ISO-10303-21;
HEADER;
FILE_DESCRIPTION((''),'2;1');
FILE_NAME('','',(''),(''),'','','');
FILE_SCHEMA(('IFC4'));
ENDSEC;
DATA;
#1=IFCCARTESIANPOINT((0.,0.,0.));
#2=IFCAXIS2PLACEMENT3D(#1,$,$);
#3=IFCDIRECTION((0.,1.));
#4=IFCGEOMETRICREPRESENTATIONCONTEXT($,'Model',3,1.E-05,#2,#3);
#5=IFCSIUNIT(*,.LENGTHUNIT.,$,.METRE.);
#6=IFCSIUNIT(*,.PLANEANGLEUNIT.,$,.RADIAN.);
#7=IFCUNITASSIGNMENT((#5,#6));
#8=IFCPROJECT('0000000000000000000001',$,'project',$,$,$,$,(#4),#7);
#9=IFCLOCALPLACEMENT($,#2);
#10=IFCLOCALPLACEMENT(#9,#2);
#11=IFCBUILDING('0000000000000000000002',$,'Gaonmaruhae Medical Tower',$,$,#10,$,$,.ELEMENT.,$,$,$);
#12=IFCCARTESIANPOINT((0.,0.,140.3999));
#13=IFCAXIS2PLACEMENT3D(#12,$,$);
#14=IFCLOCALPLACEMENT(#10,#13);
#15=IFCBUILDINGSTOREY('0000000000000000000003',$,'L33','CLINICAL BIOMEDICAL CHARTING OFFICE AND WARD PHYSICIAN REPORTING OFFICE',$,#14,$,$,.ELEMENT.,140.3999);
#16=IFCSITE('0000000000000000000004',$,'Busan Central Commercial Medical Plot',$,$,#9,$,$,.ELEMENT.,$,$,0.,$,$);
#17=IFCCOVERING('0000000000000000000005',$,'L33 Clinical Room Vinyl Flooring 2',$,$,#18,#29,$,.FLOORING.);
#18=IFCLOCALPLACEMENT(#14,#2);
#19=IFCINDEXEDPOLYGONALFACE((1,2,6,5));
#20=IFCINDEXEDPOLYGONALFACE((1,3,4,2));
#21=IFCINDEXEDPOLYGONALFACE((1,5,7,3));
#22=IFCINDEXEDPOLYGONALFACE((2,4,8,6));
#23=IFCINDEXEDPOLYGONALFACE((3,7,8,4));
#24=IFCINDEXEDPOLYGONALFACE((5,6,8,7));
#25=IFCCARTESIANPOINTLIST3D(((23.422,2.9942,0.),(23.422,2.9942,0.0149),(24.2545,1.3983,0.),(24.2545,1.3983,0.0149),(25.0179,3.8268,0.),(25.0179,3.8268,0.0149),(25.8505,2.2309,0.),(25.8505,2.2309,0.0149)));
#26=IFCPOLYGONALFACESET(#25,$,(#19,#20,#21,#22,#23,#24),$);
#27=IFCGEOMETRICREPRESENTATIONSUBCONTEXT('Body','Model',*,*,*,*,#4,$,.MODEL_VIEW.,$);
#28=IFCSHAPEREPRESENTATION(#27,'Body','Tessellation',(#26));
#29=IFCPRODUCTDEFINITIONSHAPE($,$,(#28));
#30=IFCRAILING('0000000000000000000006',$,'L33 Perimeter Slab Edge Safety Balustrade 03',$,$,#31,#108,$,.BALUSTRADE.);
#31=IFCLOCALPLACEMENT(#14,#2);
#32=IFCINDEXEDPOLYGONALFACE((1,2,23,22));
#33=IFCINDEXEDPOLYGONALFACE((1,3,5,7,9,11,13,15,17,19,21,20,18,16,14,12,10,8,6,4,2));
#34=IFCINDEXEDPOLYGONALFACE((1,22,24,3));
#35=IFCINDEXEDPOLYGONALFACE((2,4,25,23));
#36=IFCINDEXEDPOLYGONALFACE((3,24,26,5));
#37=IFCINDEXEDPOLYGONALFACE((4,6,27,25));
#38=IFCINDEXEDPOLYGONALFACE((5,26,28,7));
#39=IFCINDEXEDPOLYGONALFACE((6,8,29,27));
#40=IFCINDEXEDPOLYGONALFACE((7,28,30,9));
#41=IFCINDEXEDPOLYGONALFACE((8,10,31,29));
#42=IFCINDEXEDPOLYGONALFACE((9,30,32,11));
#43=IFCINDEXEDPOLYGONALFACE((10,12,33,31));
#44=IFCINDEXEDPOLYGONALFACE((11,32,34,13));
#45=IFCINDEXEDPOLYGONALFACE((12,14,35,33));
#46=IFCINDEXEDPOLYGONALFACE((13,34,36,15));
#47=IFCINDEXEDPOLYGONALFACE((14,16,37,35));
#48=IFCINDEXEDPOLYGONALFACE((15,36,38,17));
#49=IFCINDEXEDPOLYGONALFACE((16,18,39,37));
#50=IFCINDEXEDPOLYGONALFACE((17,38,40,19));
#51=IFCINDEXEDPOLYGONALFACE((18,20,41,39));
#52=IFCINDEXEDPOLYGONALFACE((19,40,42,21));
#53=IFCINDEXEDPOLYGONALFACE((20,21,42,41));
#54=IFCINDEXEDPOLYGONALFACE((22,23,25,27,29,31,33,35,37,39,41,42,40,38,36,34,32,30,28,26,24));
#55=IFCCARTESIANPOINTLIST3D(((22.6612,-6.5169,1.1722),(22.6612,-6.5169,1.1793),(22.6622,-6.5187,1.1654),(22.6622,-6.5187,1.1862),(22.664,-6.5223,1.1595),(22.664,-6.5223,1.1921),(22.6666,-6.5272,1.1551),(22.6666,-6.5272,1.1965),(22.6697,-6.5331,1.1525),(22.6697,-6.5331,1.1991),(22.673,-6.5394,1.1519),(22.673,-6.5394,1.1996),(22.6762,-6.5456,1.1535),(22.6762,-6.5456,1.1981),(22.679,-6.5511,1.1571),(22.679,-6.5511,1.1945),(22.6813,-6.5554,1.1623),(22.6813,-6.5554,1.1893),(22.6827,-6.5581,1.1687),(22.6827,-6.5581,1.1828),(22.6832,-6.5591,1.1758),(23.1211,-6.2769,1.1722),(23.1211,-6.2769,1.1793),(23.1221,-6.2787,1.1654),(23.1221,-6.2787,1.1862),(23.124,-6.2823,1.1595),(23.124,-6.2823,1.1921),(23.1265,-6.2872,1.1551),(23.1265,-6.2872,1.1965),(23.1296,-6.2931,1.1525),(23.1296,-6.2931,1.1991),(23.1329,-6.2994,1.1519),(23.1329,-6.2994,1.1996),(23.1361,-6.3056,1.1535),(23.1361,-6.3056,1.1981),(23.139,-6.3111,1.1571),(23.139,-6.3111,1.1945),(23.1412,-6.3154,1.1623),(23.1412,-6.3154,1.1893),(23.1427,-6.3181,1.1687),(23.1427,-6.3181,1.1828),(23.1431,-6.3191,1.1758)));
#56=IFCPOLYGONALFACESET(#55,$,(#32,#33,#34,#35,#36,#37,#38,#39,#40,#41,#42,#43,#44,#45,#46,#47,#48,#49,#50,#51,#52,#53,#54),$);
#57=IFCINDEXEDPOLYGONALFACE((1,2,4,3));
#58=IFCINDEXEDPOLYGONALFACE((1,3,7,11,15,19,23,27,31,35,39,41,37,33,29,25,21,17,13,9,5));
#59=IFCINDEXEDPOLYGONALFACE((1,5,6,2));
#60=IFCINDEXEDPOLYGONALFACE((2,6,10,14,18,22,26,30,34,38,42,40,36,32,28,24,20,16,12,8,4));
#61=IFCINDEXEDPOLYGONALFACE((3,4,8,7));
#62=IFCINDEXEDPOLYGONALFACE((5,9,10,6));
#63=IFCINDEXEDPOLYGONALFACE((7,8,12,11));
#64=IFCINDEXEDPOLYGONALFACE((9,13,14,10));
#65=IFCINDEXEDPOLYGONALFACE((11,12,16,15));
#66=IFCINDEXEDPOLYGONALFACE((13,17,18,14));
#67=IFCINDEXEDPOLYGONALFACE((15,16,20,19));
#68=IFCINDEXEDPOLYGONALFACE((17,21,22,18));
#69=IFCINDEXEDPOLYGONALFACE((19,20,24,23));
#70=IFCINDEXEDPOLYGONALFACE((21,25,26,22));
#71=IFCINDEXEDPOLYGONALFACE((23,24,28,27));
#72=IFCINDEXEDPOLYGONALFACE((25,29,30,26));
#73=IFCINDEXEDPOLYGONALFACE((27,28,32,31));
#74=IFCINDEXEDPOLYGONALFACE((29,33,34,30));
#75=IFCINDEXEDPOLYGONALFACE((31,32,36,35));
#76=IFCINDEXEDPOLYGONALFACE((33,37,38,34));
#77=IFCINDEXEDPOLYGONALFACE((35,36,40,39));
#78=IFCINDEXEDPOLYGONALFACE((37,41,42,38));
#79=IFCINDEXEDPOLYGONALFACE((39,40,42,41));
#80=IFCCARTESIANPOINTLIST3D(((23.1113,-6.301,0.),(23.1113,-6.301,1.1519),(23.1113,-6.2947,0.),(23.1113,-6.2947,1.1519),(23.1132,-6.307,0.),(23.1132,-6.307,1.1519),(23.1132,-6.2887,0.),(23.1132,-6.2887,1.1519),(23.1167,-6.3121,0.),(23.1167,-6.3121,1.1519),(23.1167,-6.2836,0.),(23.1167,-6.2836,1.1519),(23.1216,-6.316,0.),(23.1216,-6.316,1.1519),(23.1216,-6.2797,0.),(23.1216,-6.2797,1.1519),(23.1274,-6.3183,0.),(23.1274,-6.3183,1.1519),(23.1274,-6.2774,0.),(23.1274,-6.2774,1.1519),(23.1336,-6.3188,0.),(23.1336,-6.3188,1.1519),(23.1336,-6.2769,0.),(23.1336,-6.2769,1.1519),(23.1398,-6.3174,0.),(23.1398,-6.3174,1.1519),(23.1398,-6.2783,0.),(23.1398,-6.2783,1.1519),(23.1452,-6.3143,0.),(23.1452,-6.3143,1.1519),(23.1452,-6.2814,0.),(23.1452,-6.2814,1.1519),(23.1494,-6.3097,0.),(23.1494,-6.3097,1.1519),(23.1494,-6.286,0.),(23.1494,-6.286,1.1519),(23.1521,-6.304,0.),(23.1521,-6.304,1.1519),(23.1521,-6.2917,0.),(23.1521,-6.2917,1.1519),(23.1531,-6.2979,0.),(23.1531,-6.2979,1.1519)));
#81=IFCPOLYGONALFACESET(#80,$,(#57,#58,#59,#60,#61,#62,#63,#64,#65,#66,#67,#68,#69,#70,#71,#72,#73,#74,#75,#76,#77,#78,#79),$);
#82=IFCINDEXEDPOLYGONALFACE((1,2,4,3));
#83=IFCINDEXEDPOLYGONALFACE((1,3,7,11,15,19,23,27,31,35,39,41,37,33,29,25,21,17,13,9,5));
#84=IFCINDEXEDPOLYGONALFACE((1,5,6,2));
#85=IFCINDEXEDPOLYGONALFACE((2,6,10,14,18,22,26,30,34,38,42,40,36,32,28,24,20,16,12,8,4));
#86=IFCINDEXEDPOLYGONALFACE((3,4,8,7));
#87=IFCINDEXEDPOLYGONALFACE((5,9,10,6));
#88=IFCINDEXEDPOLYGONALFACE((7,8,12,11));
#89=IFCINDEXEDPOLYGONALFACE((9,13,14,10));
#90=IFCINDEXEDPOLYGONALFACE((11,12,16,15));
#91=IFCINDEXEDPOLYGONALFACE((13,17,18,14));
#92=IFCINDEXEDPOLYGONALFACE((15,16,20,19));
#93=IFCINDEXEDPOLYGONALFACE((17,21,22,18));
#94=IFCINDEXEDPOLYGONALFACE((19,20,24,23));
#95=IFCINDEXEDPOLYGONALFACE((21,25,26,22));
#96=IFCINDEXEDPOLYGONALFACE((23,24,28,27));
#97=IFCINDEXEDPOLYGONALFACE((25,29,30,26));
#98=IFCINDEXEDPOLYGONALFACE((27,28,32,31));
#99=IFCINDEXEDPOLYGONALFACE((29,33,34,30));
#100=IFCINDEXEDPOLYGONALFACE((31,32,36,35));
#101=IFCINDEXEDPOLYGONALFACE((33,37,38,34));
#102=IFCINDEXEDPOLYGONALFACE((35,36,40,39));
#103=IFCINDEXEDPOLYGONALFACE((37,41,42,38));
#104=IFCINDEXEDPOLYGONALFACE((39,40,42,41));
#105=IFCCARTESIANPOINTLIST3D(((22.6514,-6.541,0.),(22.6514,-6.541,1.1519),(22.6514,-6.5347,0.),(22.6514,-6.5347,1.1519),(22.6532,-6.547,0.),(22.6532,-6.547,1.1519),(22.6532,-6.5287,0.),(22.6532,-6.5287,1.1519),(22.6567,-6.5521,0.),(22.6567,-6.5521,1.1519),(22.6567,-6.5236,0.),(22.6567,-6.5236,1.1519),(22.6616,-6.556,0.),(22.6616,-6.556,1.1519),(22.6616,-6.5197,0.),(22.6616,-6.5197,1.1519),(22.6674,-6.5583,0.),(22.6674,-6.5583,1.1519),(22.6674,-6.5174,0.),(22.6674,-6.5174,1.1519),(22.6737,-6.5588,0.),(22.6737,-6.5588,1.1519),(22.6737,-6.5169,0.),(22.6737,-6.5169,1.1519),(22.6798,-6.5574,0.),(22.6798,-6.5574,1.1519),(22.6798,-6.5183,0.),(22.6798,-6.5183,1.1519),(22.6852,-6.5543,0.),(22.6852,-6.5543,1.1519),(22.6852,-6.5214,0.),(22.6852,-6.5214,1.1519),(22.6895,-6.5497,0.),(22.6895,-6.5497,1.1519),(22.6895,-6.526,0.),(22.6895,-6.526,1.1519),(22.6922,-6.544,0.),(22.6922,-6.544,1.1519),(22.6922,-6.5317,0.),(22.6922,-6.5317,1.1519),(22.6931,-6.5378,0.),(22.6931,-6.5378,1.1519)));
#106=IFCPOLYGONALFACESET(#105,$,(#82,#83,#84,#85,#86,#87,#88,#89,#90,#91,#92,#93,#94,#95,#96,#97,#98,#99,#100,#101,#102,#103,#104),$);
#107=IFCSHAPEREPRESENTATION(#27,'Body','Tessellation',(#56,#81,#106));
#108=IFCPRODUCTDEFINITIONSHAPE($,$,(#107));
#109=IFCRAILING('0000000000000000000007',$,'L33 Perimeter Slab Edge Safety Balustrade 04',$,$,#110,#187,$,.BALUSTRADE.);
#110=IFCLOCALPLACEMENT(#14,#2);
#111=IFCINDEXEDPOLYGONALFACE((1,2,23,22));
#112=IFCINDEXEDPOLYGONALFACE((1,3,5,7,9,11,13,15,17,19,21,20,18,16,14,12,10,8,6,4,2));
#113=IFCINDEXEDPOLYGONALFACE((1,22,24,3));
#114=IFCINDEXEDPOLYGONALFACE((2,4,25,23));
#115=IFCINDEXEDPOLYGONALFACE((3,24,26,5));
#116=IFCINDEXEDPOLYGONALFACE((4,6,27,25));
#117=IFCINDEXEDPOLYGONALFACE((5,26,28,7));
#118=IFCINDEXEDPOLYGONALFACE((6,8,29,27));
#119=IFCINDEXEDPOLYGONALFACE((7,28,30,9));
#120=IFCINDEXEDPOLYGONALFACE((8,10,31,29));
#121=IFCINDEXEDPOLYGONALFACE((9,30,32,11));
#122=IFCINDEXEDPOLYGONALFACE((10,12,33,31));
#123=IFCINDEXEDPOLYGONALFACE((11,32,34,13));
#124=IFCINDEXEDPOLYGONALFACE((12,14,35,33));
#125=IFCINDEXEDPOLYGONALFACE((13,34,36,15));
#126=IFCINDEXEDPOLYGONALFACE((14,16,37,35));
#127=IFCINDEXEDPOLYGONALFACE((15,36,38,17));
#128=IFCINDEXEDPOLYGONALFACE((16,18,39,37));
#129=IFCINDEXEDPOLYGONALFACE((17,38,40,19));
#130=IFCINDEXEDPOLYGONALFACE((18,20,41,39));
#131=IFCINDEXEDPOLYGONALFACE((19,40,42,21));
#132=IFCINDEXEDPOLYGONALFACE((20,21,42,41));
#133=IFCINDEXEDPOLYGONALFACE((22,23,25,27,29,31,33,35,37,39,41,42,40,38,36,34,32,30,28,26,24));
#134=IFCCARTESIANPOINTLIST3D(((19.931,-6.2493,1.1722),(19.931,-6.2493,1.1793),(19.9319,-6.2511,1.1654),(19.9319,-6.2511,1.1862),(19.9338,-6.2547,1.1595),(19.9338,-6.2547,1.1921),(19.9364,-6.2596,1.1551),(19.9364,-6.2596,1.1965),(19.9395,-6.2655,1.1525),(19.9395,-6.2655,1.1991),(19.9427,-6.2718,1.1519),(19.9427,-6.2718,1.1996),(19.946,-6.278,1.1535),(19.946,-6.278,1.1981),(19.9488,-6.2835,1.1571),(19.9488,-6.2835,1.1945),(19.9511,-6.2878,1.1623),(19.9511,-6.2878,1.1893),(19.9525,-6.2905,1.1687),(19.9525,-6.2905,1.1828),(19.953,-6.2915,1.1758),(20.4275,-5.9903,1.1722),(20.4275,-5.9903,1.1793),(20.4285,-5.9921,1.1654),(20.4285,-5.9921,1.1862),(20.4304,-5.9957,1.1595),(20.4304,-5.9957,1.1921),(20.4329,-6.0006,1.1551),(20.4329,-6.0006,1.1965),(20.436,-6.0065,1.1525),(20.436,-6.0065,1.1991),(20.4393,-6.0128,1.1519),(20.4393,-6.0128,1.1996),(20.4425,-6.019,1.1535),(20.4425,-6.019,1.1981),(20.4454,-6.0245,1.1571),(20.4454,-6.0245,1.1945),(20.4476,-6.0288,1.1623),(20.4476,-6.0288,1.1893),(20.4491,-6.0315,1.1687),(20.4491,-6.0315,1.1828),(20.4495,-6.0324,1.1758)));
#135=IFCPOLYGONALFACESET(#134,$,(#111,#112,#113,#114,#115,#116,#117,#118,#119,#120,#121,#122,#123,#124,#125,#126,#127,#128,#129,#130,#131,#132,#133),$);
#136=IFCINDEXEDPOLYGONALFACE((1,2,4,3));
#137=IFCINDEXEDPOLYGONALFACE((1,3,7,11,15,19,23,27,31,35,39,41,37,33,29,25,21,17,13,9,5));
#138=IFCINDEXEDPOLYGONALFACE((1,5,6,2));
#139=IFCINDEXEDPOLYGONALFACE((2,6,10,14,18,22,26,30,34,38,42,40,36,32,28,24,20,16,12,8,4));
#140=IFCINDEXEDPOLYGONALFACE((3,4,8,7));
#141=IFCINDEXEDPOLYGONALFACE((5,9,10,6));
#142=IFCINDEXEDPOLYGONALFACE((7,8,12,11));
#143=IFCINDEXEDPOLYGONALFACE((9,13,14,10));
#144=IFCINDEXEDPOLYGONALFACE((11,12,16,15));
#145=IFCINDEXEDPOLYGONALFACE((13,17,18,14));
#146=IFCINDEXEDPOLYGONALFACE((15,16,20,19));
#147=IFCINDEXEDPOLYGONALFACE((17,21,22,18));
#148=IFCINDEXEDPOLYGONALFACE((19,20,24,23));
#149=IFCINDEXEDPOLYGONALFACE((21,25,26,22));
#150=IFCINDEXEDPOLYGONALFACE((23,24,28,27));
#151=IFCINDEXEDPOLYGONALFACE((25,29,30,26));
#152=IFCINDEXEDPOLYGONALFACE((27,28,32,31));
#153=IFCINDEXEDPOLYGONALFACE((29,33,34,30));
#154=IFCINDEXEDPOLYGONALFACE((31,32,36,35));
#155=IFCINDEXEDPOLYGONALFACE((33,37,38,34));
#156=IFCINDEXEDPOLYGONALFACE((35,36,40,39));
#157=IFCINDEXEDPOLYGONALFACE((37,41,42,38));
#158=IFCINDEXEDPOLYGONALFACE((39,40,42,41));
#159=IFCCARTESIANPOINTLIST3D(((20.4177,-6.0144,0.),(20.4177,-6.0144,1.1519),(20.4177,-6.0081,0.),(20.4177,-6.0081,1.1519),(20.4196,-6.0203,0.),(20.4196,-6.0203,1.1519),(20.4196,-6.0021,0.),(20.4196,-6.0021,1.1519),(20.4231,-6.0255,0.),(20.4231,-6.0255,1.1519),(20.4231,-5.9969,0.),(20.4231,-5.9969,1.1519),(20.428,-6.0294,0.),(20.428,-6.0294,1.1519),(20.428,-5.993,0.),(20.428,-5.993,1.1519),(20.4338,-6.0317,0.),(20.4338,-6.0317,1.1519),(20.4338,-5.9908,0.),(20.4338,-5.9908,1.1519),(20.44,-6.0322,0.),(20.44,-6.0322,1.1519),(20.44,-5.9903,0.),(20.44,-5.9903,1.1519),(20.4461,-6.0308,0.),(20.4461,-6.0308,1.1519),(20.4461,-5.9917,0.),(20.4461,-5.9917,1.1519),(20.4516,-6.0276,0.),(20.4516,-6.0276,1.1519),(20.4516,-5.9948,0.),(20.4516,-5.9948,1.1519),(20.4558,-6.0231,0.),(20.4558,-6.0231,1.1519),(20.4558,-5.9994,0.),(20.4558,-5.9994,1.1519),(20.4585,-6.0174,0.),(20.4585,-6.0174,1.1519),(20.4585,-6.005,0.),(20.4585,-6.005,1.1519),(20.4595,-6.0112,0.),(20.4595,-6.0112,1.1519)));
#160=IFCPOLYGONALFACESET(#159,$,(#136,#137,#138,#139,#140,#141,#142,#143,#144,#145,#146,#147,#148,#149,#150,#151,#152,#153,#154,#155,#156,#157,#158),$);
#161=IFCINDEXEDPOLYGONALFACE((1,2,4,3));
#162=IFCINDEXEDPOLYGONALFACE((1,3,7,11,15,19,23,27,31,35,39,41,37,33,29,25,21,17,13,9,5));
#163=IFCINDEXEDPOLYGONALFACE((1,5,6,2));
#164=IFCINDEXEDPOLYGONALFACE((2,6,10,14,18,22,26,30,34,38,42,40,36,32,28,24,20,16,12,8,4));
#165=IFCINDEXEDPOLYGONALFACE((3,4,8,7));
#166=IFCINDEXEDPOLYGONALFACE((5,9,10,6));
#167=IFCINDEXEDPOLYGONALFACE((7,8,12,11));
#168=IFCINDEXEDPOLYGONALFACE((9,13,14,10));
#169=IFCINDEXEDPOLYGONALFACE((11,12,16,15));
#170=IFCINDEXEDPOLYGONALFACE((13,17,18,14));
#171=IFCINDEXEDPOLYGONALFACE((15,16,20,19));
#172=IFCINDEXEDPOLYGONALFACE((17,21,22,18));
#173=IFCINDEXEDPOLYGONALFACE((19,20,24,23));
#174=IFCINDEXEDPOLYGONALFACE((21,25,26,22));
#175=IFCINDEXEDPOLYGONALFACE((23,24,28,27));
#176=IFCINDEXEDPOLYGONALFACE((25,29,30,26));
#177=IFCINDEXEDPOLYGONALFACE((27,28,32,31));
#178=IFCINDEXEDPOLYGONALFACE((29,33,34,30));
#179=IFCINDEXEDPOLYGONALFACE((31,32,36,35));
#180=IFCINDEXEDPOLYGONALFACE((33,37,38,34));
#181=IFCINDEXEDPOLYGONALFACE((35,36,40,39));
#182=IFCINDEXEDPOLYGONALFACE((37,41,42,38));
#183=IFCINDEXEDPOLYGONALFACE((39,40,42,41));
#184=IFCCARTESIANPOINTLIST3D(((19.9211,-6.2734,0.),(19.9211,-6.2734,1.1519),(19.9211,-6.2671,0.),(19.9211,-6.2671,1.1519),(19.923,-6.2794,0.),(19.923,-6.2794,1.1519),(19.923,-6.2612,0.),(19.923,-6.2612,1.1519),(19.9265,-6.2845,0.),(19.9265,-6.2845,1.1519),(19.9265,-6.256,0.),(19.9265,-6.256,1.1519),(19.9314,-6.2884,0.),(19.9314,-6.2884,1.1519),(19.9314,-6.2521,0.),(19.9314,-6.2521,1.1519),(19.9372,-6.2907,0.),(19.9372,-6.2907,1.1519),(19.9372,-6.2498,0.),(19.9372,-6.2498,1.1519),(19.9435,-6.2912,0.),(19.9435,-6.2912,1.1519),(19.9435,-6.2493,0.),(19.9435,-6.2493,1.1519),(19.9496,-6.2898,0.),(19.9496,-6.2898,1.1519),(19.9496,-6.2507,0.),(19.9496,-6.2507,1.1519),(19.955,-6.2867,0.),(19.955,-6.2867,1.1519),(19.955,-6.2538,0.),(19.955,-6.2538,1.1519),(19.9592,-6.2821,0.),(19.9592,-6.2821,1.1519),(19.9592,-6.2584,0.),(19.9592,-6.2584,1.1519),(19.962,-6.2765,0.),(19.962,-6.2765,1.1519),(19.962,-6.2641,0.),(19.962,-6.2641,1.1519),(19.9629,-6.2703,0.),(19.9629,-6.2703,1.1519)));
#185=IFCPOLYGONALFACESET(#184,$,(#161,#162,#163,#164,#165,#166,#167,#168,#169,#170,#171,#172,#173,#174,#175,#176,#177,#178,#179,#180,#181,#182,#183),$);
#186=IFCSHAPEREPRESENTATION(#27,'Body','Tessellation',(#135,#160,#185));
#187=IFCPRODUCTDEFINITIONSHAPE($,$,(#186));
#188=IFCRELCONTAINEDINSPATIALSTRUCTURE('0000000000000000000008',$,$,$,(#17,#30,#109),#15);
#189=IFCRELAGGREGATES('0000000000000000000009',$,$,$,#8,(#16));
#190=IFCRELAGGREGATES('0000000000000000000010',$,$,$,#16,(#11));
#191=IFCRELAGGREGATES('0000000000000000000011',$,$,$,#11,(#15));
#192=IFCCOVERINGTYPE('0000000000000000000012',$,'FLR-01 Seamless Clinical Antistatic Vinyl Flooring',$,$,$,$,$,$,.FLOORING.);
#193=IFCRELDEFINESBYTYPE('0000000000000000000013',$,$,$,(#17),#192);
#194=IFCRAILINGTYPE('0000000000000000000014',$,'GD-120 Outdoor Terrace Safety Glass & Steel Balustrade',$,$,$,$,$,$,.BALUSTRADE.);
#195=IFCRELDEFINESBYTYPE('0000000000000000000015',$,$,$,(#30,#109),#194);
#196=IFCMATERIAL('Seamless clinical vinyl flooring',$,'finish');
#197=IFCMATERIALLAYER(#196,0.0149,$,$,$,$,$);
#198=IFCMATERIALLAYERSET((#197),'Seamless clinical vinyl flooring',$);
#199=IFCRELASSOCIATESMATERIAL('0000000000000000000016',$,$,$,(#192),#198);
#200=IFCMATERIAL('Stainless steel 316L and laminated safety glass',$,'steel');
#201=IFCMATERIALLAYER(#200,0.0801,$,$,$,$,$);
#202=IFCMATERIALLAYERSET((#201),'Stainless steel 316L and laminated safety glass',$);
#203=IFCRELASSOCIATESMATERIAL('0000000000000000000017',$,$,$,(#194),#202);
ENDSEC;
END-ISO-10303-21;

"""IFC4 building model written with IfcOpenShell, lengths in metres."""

from ifc_helpers import new_model, si_unit, direction, frame, origin, origin_2d, place, context, subcontext, project, spatial, rectangle, circle, extrude, material, layer, layer_set, type_object, element, save


model = new_model("IFC4")

# Units and contexts
model_context = context("Model", 3, precision=1e-05, world=origin(), true_north=direction((0.0, 1.0)))
body_context = subcontext(model_context, "Body", "Model", "MODEL_VIEW")
ifc_project = project(units=[si_unit("LENGTHUNIT", "METRE"), si_unit("PLANEANGLEUNIT", "RADIAN")], contexts=[model_context])

# Site, building, storey
site_placement = place(None, origin())
site = spatial("IfcSite", under=ifc_project, at=site_placement, Name="Busan Central Commercial Medical Plot", CompositionType="ELEMENT", RefElevation=0.0)
building_placement = place(site_placement, origin())
building = spatial("IfcBuilding", under=site, at=building_placement, Name="Gaonmaruhae Medical Tower", CompositionType="ELEMENT")
storey_placement = place(building_placement, frame((0.0, 0.0, 140.3999)))
storey = spatial("IfcBuildingStorey", under=building, at=storey_placement, Name="L33", Description="CLINICAL BIOMEDICAL CHARTING OFFICE AND WARD PHYSICIAN REPORTING OFFICE", CompositionType="ELEMENT", Elevation=140.3999)

# Covering
ifc_material_1 = material(Name="Seamless clinical vinyl flooring", Category="finish")
ifc_layer_1 = layer(ifc_material_1, 0.0149)
ifc_layer_set_1 = layer_set([ifc_layer_1], Name="Seamless clinical vinyl flooring")
covering_type_1 = type_object("IfcCoveringType", Name="FLR-01 Seamless Clinical Antistatic Vinyl Flooring", PredefinedType="FLOORING", material=ifc_layer_set_1)
covering_1_placement = place(storey_placement, frame((24.6362, 2.6125, 0.0), z_axis=(0.0, 0.0, 1.0), x_axis=(0.886608, 0.462523, 0.0)))
element("IfcCovering", 1, at=covering_1_placement, inside=storey, type_object=covering_type_1, Name="L33 Clinical Room Vinyl Flooring 2", PredefinedType="FLOORING", context=body_context, shape_type="SweptSolid", body=[
    extrude(rectangle(XDim=1.8, YDim=1.8, at=origin_2d()), origin(), (0.0, 0.0, 1.0), 0.0149),
])

# Railings
ifc_material_2 = material(Name="Stainless steel 316L and laminated safety glass", Category="steel")
ifc_layer_2 = layer(ifc_material_2, 0.0801)
ifc_layer_set_2 = layer_set([ifc_layer_2], Name="Stainless steel 316L and laminated safety glass")
railing_type = type_object("IfcRailingType", Name="GD-120 Outdoor Terrace Safety Glass & Steel Balustrade", PredefinedType="BALUSTRADE", material=ifc_layer_set_2)
railing_1_placement = place(storey_placement, frame((23.1321, -6.2979, 0.0)))
element("IfcRailing", 2, at=railing_1_placement, inside=storey, type_object=railing_type, Name="L33 Perimeter Slab Edge Safety Balustrade 03", PredefinedType="BALUSTRADE", context=body_context, shape_type="SweptSolid", body=[
    extrude(circle(Radius=0.0239, at=origin_2d()), frame((0.0, 0.0, 1.1758), z_axis=(-0.886576, -0.462582, 0.0), x_axis=(0.462582, -0.886576, 0.0)), (0.0, 0.0, 1.0), 0.5188),
    extrude(circle(Radius=0.021, at=origin_2d()), origin(), (0.0, 0.0, 1.0), 1.1519),
    extrude(circle(Radius=0.021, at=origin_2d()), frame((-0.46, -0.24, 0.0)), (0.0, 0.0, 1.0), 1.1519),
])
railing_2_placement = place(storey_placement, frame((20.4385, -6.0112, 0.0)))
element("IfcRailing", 3, at=railing_2_placement, inside=storey, type_object=railing_type, Name="L33 Perimeter Slab Edge Safety Balustrade 04", PredefinedType="BALUSTRADE", context=body_context, shape_type="SweptSolid", body=[
    extrude(circle(Radius=0.0239, at=origin_2d()), frame((0.0, 0.0, 1.1758), z_axis=(-0.886624, -0.462492, 0.0), x_axis=(0.462492, -0.886624, 0.0)), (0.0, 0.0, 1.0), 0.5601),
    extrude(circle(Radius=0.021, at=origin_2d()), origin(), (0.0, 0.0, 1.0), 1.1519),
    extrude(circle(Radius=0.021, at=origin_2d()), frame((-0.4966, -0.259, 0.0)), (0.0, 0.0, 1.0), 1.1519),
])

save(model, "model.ifc")
